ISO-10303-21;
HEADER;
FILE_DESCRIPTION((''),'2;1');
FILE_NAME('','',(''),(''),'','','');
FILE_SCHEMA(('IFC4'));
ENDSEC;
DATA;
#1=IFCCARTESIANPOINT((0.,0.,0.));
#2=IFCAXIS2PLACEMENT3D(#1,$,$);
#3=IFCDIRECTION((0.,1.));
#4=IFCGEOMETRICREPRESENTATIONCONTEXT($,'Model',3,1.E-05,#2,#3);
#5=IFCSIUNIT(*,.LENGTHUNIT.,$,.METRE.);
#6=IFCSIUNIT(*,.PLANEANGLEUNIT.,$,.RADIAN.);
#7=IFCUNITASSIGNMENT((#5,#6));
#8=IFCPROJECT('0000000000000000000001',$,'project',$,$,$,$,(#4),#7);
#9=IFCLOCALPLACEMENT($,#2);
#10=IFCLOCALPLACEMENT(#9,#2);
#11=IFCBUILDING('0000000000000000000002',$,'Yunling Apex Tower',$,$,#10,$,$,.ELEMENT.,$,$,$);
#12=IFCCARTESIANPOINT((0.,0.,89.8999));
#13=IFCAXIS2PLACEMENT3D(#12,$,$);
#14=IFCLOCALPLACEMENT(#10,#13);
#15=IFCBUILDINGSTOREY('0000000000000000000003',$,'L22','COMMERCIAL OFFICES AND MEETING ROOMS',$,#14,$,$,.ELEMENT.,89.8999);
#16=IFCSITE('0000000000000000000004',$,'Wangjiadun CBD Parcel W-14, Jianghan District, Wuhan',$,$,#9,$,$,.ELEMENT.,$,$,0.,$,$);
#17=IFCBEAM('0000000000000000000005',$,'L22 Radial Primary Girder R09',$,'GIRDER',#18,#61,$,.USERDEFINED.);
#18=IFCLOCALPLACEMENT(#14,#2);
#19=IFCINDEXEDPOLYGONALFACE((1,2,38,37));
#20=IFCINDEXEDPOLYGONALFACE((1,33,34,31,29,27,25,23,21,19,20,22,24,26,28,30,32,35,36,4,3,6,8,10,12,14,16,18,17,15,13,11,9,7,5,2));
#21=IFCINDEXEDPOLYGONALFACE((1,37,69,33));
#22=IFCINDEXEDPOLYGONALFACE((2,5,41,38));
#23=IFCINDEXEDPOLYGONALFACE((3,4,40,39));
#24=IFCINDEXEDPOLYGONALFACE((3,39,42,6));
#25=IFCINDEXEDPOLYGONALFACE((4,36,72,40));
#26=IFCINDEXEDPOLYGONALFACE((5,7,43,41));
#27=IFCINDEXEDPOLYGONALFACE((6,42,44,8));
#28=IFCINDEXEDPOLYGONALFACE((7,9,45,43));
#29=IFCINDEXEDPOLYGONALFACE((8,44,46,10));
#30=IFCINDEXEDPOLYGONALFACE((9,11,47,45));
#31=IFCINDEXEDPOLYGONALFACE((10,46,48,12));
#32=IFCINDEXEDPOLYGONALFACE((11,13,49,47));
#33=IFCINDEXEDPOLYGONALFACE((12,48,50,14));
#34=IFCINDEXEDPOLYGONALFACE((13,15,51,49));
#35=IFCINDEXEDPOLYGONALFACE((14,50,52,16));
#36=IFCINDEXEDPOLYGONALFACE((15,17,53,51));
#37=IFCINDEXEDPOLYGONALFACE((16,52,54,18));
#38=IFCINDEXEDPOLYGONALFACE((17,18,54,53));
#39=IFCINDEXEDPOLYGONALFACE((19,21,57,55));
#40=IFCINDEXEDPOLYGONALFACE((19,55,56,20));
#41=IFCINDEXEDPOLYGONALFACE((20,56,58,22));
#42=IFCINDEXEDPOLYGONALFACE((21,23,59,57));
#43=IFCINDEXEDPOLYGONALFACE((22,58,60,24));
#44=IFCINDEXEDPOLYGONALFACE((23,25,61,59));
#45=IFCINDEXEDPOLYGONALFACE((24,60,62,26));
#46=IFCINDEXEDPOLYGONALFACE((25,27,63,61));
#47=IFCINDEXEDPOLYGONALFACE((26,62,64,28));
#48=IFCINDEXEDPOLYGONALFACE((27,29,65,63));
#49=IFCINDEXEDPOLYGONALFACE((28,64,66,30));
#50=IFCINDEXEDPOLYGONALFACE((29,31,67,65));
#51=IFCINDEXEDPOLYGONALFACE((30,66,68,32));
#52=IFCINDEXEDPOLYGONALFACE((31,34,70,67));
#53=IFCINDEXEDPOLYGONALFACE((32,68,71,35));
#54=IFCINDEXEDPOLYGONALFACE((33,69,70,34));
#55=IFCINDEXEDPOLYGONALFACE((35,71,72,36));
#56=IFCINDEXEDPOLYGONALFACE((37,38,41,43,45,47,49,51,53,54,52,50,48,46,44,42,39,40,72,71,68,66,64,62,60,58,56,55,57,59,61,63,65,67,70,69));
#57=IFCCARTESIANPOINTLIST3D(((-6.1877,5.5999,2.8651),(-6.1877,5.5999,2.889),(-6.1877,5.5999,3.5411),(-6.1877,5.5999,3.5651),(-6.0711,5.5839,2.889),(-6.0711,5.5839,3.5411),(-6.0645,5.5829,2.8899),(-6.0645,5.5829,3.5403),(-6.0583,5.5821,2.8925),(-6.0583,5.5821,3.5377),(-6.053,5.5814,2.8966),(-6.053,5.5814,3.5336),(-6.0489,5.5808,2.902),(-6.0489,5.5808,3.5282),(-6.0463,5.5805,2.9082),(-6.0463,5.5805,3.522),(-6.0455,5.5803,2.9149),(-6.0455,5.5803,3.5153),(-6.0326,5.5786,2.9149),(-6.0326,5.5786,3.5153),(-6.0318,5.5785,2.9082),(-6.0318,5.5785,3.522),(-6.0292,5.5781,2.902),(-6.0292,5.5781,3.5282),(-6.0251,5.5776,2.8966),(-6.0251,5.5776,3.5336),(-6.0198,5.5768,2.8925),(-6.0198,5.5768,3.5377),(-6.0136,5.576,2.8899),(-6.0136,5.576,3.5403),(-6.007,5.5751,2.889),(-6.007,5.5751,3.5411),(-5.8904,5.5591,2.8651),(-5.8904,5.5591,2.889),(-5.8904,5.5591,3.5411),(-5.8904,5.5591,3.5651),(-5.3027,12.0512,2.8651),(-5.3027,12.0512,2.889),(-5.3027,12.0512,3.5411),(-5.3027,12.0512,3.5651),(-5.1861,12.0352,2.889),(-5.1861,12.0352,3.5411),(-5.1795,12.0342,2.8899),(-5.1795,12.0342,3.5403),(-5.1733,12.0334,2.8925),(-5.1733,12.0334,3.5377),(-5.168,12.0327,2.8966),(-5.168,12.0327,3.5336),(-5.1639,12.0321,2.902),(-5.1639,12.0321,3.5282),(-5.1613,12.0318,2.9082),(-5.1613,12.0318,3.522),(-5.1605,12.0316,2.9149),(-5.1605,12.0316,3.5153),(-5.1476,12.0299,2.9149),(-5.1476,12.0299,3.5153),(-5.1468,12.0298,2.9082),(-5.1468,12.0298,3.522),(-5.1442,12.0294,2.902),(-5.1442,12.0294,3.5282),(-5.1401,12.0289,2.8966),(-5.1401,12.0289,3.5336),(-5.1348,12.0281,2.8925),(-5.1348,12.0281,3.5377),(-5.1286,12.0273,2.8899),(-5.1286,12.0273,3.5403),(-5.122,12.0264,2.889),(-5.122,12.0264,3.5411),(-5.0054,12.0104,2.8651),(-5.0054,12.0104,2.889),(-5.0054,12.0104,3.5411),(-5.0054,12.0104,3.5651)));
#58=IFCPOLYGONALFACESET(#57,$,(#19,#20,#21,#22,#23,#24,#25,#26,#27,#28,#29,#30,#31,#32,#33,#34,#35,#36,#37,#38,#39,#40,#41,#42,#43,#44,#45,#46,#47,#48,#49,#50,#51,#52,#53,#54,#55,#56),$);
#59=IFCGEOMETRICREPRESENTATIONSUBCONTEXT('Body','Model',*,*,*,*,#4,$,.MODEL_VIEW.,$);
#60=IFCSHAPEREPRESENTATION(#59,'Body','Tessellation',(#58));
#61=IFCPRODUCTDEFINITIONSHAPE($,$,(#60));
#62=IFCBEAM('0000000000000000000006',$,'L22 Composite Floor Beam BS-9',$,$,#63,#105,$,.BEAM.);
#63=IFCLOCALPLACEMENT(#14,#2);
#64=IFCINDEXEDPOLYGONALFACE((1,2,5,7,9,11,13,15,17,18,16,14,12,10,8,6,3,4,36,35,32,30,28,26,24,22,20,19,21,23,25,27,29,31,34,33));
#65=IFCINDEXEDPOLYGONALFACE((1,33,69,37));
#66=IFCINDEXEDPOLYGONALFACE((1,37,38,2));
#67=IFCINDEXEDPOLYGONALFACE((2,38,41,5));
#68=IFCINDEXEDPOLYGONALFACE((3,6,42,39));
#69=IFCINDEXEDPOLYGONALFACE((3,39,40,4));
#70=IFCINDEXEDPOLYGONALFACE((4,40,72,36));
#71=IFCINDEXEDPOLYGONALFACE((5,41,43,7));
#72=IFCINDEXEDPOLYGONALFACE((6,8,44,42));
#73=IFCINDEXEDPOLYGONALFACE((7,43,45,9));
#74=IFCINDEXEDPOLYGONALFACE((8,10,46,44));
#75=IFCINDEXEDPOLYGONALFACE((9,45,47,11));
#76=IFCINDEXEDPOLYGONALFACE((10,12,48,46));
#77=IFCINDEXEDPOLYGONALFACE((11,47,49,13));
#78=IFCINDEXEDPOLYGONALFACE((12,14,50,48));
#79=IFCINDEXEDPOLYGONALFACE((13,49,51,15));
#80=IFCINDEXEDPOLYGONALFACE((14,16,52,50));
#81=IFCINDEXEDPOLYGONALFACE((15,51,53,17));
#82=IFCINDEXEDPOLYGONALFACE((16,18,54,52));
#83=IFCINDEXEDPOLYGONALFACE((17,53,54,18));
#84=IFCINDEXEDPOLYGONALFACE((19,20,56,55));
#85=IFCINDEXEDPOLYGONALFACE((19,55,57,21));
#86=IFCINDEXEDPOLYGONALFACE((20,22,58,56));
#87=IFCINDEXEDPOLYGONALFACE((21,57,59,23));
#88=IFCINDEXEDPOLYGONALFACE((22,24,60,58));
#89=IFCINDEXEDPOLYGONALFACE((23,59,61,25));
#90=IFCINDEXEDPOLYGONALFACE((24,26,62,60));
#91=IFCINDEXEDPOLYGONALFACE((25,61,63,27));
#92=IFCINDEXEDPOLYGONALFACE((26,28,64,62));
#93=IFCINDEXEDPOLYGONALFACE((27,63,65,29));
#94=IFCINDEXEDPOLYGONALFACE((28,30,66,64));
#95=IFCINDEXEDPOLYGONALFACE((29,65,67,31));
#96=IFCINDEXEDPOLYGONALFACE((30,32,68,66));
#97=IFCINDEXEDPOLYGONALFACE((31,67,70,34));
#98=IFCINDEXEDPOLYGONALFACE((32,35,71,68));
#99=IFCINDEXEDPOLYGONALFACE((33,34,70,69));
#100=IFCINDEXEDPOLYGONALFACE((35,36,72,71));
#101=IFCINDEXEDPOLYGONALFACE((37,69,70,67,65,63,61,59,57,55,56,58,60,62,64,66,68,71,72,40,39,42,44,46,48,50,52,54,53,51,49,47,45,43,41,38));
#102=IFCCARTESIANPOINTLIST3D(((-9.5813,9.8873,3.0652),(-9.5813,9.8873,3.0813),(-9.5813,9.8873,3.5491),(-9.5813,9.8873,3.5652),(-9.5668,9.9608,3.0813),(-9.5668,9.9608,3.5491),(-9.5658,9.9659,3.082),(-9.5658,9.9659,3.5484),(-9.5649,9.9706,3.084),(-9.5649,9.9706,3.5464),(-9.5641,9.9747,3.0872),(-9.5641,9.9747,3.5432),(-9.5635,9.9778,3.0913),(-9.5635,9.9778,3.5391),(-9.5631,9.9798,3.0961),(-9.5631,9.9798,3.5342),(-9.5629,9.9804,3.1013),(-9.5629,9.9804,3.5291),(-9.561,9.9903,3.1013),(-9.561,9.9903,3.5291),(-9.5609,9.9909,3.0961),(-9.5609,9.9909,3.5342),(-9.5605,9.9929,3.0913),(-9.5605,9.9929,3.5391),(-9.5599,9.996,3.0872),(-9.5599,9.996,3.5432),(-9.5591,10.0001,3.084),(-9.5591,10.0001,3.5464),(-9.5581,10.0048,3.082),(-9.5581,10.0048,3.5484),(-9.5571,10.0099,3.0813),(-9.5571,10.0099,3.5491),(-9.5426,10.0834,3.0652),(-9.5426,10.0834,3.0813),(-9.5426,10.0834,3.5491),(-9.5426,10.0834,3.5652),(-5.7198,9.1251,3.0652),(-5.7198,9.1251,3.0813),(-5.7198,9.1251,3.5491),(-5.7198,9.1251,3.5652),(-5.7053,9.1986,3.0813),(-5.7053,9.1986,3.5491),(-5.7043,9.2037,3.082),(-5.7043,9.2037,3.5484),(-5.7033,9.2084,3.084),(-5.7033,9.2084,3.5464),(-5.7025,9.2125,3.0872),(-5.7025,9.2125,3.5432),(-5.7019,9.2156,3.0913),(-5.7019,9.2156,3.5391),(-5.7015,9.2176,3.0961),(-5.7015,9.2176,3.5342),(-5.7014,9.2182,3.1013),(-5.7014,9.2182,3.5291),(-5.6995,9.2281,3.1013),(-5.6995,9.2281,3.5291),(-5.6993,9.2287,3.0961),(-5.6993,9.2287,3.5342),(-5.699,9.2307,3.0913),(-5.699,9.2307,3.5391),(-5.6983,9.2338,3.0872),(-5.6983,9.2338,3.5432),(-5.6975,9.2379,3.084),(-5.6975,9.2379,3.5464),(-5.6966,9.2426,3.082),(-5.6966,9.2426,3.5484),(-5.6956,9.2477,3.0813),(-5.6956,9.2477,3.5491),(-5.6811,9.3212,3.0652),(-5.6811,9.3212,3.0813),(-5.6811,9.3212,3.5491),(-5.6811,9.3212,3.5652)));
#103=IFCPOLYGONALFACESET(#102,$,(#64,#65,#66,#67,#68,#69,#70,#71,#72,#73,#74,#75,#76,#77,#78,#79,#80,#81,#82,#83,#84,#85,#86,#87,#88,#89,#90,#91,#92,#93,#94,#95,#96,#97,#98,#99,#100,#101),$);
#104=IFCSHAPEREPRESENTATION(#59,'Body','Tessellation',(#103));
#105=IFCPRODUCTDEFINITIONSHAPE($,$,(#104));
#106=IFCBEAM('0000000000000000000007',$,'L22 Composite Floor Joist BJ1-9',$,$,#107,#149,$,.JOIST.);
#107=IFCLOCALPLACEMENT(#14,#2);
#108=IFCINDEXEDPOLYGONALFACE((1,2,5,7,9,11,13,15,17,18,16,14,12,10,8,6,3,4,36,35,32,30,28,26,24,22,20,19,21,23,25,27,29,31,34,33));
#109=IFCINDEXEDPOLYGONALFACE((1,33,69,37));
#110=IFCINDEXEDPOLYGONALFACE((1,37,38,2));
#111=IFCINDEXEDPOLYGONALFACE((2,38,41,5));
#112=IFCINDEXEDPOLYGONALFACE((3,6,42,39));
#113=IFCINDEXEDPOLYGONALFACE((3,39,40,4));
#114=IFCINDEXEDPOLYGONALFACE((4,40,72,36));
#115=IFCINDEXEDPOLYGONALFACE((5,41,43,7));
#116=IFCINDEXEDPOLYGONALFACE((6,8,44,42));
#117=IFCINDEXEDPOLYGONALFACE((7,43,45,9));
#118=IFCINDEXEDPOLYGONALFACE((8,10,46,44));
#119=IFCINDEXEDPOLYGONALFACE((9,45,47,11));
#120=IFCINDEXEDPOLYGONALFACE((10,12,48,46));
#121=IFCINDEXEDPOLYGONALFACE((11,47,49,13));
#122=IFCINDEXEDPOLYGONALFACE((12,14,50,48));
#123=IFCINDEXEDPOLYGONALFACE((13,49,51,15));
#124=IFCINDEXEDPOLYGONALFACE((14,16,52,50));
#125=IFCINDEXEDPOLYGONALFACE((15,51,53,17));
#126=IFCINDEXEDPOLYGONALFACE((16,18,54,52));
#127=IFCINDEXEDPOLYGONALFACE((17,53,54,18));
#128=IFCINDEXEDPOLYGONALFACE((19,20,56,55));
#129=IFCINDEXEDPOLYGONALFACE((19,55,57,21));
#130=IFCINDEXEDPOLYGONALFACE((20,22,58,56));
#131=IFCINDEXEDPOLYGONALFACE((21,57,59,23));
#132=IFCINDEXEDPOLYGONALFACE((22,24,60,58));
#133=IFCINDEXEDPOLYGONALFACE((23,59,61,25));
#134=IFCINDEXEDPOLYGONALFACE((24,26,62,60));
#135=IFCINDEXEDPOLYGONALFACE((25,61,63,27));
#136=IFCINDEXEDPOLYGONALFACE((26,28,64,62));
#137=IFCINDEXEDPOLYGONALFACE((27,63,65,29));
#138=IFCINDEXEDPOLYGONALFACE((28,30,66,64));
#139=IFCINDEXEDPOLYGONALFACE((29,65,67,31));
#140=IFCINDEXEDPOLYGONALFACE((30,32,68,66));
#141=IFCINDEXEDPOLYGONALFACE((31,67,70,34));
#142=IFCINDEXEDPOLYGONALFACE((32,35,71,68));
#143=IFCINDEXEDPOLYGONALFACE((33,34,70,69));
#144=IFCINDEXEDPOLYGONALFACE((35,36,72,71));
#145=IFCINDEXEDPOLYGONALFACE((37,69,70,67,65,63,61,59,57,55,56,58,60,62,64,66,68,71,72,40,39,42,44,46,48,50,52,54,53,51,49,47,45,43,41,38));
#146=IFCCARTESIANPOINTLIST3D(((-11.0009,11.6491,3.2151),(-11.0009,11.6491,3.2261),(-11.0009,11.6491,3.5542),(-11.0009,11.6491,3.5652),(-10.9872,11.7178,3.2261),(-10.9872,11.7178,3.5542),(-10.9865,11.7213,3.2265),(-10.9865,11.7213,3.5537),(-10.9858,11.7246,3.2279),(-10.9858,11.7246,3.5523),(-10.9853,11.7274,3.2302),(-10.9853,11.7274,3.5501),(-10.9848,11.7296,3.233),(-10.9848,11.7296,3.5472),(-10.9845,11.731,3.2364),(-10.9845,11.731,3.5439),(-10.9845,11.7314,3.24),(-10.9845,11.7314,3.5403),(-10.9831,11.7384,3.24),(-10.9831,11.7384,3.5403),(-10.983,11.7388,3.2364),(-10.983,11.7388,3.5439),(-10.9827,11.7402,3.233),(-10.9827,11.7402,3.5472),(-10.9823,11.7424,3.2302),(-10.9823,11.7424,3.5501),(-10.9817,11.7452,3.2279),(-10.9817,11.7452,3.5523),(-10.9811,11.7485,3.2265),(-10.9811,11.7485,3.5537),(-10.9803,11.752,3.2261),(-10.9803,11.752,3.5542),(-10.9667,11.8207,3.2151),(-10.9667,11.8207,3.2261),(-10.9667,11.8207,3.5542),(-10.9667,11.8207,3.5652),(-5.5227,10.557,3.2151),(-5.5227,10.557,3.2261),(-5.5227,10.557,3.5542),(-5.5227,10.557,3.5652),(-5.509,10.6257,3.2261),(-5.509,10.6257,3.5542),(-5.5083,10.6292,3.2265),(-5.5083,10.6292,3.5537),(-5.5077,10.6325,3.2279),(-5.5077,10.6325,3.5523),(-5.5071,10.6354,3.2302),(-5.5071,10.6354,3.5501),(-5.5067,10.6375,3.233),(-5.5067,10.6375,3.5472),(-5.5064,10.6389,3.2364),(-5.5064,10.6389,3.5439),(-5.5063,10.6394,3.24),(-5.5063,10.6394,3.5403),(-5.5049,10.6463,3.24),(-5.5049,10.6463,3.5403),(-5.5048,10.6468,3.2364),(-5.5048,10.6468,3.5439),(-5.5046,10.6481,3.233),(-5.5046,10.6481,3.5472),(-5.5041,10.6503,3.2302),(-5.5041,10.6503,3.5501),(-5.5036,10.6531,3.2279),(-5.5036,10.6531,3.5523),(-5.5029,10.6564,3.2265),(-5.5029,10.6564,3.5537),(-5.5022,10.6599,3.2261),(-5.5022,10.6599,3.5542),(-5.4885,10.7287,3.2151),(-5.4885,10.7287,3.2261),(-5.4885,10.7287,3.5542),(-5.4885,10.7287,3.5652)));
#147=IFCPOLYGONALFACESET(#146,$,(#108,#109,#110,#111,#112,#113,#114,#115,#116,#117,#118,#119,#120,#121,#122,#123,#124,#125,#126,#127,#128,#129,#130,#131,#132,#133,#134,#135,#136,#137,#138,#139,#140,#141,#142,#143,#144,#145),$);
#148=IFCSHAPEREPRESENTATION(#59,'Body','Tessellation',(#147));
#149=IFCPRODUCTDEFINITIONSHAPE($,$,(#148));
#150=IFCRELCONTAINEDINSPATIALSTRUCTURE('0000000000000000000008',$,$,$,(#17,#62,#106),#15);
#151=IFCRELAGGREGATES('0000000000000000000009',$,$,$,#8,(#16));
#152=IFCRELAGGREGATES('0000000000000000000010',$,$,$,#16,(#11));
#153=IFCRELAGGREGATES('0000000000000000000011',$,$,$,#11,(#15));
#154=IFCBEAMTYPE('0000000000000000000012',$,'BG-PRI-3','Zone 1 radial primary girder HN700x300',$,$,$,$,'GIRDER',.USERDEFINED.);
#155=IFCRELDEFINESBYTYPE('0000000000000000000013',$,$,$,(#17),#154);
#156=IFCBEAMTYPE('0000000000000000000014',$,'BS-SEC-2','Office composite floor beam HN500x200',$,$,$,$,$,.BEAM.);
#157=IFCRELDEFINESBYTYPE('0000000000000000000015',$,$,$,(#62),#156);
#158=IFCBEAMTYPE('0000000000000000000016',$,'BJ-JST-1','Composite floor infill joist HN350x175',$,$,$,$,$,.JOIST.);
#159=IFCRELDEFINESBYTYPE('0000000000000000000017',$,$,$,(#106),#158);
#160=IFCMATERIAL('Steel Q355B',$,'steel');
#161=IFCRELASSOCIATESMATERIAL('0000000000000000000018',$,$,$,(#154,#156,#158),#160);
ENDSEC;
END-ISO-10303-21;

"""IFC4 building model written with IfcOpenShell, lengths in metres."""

from ifc_helpers import new_model, si_unit, direction, frame, origin, origin_2d, place, context, subcontext, project, spatial, i_section, extrude, source, transform, mapped, material, material_profile, profile_set, type_object, element, save


model = new_model("IFC4")

# Units and contexts
model_context = context("Model", 3, precision=1e-05, world=origin(), true_north=direction((0.0, 1.0)))
body_context = subcontext(model_context, "Body", "Model", "MODEL_VIEW")
ifc_project = project(units=[si_unit("LENGTHUNIT", "METRE"), si_unit("PLANEANGLEUNIT", "RADIAN")], contexts=[model_context])

# Site, building, storey
site_placement = place(None, origin())
site = spatial("IfcSite", under=ifc_project, at=site_placement, Name="Wangjiadun CBD Parcel W-14, Jianghan District, Wuhan", CompositionType="ELEMENT", RefElevation=0.0)
building_placement = place(site_placement, origin())
building = spatial("IfcBuilding", under=site, at=building_placement, Name="Yunling Apex Tower", CompositionType="ELEMENT")
storey_placement = place(building_placement, frame((0.0, 0.0, 89.8999)))
storey = spatial("IfcBuildingStorey", under=building, at=storey_placement, Name="L22", Description="COMMERCIAL OFFICES AND MEETING ROOMS", CompositionType="ELEMENT", Elevation=89.8999)

# Beams
ifc_material_1 = material(Name="Steel Q355B", Category="steel")
ifc_material_profile_1 = material_profile(ifc_material_1, i_section(OverallWidth=0.3, OverallDepth=0.7, WebThickness=0.0129, FlangeThickness=0.0239, FilletRadius=0.0259, at=origin_2d()))
ifc_profile_set_1 = profile_set([ifc_material_profile_1], Name="Steel Q355B")
beam_type_1 = type_object("IfcBeamType", Name="BG-PRI-3", Description="Zone 1 radial primary girder HN700x300", ElementType="GIRDER", PredefinedType="USERDEFINED", material=ifc_profile_set_1)
shared_shape_1 = source(origin(), body_context, "Body", "SweptSolid", [
    extrude(i_section(OverallWidth=0.3, OverallDepth=0.7, WebThickness=0.0129, FlangeThickness=0.0239, FilletRadius=0.0259, at=origin_2d()), origin(), (0.0, 0.0, 1.0), 6.5117),
])
beam_1_placement = place(storey_placement, frame((-5.1541, 12.0308, 3.2151), z_axis=(-0.135908, -0.990721, 0.0), x_axis=(0.990721, -0.135908, 0.0)))
element("IfcBeam", 1, at=beam_1_placement, inside=storey, type_object=beam_type_1, Name="L22 Radial Primary Girder R09", ObjectType="GIRDER", PredefinedType="USERDEFINED", context=body_context, shape_type="MappedRepresentation", body=[
    mapped(shared_shape_1, transform((0.0, 0.0, 0.0), scale=1.0)),
])
ifc_material_profile_2 = material_profile(ifc_material_1, i_section(OverallWidth=0.2, OverallDepth=0.5, WebThickness=0.01, FlangeThickness=0.0161, FilletRadius=0.02, at=origin_2d()))
ifc_profile_set_2 = profile_set([ifc_material_profile_2], Name="Steel Q355B")
beam_type_2 = type_object("IfcBeamType", Name="BS-SEC-2", Description="Office composite floor beam HN500x200", PredefinedType="BEAM", material=ifc_profile_set_2)
shared_shape_2 = source(origin(), body_context, "Body", "SweptSolid", [
    extrude(i_section(OverallWidth=0.2, OverallDepth=0.5, WebThickness=0.01, FlangeThickness=0.0161, FilletRadius=0.02, at=origin_2d()), origin(), (0.0, 0.0, 1.0), 3.936),
])
beam_2_placement = place(storey_placement, frame((-5.7004, 9.2231, 3.3152), z_axis=(-0.981071, 0.193646, 0.0), x_axis=(-0.193646, -0.981071, 0.0)))
element("IfcBeam", 2, at=beam_2_placement, inside=storey, type_object=beam_type_2, Name="L22 Composite Floor Beam BS-9", PredefinedType="BEAM", context=body_context, shape_type="MappedRepresentation", body=[
    mapped(shared_shape_2, transform((0.0, 0.0, 0.0), scale=1.0)),
])
ifc_material_profile_3 = material_profile(ifc_material_1, i_section(OverallWidth=0.175, OverallDepth=0.3501, WebThickness=0.0071, FlangeThickness=0.011, FilletRadius=0.0139, at=origin_2d()))
ifc_profile_set_3 = profile_set([ifc_material_profile_3], Name="Steel Q355B")
beam_type_3 = type_object("IfcBeamType", Name="BJ-JST-1", Description="Composite floor infill joist HN350x175", PredefinedType="JOIST", material=ifc_profile_set_3)
shared_shape_3 = source(origin(), body_context, "Body", "SweptSolid", [
    extrude(i_section(OverallWidth=0.175, OverallDepth=0.3501, WebThickness=0.0071, FlangeThickness=0.011, FilletRadius=0.0139, at=origin_2d()), origin(), (0.0, 0.0, 1.0), 5.5859),
])
beam_3_placement = place(storey_placement, frame((-5.5056, 10.6428, 3.3901), z_axis=(-0.980703, 0.195503, 0.0), x_axis=(-0.195503, -0.980703, 0.0)))
element("IfcBeam", 3, at=beam_3_placement, inside=storey, type_object=beam_type_3, Name="L22 Composite Floor Joist BJ1-9", PredefinedType="JOIST", context=body_context, shape_type="MappedRepresentation", body=[
    mapped(shared_shape_3, transform((0.0, 0.0, 0.0), scale=1.0)),
])

save(model, "model.ifc")
